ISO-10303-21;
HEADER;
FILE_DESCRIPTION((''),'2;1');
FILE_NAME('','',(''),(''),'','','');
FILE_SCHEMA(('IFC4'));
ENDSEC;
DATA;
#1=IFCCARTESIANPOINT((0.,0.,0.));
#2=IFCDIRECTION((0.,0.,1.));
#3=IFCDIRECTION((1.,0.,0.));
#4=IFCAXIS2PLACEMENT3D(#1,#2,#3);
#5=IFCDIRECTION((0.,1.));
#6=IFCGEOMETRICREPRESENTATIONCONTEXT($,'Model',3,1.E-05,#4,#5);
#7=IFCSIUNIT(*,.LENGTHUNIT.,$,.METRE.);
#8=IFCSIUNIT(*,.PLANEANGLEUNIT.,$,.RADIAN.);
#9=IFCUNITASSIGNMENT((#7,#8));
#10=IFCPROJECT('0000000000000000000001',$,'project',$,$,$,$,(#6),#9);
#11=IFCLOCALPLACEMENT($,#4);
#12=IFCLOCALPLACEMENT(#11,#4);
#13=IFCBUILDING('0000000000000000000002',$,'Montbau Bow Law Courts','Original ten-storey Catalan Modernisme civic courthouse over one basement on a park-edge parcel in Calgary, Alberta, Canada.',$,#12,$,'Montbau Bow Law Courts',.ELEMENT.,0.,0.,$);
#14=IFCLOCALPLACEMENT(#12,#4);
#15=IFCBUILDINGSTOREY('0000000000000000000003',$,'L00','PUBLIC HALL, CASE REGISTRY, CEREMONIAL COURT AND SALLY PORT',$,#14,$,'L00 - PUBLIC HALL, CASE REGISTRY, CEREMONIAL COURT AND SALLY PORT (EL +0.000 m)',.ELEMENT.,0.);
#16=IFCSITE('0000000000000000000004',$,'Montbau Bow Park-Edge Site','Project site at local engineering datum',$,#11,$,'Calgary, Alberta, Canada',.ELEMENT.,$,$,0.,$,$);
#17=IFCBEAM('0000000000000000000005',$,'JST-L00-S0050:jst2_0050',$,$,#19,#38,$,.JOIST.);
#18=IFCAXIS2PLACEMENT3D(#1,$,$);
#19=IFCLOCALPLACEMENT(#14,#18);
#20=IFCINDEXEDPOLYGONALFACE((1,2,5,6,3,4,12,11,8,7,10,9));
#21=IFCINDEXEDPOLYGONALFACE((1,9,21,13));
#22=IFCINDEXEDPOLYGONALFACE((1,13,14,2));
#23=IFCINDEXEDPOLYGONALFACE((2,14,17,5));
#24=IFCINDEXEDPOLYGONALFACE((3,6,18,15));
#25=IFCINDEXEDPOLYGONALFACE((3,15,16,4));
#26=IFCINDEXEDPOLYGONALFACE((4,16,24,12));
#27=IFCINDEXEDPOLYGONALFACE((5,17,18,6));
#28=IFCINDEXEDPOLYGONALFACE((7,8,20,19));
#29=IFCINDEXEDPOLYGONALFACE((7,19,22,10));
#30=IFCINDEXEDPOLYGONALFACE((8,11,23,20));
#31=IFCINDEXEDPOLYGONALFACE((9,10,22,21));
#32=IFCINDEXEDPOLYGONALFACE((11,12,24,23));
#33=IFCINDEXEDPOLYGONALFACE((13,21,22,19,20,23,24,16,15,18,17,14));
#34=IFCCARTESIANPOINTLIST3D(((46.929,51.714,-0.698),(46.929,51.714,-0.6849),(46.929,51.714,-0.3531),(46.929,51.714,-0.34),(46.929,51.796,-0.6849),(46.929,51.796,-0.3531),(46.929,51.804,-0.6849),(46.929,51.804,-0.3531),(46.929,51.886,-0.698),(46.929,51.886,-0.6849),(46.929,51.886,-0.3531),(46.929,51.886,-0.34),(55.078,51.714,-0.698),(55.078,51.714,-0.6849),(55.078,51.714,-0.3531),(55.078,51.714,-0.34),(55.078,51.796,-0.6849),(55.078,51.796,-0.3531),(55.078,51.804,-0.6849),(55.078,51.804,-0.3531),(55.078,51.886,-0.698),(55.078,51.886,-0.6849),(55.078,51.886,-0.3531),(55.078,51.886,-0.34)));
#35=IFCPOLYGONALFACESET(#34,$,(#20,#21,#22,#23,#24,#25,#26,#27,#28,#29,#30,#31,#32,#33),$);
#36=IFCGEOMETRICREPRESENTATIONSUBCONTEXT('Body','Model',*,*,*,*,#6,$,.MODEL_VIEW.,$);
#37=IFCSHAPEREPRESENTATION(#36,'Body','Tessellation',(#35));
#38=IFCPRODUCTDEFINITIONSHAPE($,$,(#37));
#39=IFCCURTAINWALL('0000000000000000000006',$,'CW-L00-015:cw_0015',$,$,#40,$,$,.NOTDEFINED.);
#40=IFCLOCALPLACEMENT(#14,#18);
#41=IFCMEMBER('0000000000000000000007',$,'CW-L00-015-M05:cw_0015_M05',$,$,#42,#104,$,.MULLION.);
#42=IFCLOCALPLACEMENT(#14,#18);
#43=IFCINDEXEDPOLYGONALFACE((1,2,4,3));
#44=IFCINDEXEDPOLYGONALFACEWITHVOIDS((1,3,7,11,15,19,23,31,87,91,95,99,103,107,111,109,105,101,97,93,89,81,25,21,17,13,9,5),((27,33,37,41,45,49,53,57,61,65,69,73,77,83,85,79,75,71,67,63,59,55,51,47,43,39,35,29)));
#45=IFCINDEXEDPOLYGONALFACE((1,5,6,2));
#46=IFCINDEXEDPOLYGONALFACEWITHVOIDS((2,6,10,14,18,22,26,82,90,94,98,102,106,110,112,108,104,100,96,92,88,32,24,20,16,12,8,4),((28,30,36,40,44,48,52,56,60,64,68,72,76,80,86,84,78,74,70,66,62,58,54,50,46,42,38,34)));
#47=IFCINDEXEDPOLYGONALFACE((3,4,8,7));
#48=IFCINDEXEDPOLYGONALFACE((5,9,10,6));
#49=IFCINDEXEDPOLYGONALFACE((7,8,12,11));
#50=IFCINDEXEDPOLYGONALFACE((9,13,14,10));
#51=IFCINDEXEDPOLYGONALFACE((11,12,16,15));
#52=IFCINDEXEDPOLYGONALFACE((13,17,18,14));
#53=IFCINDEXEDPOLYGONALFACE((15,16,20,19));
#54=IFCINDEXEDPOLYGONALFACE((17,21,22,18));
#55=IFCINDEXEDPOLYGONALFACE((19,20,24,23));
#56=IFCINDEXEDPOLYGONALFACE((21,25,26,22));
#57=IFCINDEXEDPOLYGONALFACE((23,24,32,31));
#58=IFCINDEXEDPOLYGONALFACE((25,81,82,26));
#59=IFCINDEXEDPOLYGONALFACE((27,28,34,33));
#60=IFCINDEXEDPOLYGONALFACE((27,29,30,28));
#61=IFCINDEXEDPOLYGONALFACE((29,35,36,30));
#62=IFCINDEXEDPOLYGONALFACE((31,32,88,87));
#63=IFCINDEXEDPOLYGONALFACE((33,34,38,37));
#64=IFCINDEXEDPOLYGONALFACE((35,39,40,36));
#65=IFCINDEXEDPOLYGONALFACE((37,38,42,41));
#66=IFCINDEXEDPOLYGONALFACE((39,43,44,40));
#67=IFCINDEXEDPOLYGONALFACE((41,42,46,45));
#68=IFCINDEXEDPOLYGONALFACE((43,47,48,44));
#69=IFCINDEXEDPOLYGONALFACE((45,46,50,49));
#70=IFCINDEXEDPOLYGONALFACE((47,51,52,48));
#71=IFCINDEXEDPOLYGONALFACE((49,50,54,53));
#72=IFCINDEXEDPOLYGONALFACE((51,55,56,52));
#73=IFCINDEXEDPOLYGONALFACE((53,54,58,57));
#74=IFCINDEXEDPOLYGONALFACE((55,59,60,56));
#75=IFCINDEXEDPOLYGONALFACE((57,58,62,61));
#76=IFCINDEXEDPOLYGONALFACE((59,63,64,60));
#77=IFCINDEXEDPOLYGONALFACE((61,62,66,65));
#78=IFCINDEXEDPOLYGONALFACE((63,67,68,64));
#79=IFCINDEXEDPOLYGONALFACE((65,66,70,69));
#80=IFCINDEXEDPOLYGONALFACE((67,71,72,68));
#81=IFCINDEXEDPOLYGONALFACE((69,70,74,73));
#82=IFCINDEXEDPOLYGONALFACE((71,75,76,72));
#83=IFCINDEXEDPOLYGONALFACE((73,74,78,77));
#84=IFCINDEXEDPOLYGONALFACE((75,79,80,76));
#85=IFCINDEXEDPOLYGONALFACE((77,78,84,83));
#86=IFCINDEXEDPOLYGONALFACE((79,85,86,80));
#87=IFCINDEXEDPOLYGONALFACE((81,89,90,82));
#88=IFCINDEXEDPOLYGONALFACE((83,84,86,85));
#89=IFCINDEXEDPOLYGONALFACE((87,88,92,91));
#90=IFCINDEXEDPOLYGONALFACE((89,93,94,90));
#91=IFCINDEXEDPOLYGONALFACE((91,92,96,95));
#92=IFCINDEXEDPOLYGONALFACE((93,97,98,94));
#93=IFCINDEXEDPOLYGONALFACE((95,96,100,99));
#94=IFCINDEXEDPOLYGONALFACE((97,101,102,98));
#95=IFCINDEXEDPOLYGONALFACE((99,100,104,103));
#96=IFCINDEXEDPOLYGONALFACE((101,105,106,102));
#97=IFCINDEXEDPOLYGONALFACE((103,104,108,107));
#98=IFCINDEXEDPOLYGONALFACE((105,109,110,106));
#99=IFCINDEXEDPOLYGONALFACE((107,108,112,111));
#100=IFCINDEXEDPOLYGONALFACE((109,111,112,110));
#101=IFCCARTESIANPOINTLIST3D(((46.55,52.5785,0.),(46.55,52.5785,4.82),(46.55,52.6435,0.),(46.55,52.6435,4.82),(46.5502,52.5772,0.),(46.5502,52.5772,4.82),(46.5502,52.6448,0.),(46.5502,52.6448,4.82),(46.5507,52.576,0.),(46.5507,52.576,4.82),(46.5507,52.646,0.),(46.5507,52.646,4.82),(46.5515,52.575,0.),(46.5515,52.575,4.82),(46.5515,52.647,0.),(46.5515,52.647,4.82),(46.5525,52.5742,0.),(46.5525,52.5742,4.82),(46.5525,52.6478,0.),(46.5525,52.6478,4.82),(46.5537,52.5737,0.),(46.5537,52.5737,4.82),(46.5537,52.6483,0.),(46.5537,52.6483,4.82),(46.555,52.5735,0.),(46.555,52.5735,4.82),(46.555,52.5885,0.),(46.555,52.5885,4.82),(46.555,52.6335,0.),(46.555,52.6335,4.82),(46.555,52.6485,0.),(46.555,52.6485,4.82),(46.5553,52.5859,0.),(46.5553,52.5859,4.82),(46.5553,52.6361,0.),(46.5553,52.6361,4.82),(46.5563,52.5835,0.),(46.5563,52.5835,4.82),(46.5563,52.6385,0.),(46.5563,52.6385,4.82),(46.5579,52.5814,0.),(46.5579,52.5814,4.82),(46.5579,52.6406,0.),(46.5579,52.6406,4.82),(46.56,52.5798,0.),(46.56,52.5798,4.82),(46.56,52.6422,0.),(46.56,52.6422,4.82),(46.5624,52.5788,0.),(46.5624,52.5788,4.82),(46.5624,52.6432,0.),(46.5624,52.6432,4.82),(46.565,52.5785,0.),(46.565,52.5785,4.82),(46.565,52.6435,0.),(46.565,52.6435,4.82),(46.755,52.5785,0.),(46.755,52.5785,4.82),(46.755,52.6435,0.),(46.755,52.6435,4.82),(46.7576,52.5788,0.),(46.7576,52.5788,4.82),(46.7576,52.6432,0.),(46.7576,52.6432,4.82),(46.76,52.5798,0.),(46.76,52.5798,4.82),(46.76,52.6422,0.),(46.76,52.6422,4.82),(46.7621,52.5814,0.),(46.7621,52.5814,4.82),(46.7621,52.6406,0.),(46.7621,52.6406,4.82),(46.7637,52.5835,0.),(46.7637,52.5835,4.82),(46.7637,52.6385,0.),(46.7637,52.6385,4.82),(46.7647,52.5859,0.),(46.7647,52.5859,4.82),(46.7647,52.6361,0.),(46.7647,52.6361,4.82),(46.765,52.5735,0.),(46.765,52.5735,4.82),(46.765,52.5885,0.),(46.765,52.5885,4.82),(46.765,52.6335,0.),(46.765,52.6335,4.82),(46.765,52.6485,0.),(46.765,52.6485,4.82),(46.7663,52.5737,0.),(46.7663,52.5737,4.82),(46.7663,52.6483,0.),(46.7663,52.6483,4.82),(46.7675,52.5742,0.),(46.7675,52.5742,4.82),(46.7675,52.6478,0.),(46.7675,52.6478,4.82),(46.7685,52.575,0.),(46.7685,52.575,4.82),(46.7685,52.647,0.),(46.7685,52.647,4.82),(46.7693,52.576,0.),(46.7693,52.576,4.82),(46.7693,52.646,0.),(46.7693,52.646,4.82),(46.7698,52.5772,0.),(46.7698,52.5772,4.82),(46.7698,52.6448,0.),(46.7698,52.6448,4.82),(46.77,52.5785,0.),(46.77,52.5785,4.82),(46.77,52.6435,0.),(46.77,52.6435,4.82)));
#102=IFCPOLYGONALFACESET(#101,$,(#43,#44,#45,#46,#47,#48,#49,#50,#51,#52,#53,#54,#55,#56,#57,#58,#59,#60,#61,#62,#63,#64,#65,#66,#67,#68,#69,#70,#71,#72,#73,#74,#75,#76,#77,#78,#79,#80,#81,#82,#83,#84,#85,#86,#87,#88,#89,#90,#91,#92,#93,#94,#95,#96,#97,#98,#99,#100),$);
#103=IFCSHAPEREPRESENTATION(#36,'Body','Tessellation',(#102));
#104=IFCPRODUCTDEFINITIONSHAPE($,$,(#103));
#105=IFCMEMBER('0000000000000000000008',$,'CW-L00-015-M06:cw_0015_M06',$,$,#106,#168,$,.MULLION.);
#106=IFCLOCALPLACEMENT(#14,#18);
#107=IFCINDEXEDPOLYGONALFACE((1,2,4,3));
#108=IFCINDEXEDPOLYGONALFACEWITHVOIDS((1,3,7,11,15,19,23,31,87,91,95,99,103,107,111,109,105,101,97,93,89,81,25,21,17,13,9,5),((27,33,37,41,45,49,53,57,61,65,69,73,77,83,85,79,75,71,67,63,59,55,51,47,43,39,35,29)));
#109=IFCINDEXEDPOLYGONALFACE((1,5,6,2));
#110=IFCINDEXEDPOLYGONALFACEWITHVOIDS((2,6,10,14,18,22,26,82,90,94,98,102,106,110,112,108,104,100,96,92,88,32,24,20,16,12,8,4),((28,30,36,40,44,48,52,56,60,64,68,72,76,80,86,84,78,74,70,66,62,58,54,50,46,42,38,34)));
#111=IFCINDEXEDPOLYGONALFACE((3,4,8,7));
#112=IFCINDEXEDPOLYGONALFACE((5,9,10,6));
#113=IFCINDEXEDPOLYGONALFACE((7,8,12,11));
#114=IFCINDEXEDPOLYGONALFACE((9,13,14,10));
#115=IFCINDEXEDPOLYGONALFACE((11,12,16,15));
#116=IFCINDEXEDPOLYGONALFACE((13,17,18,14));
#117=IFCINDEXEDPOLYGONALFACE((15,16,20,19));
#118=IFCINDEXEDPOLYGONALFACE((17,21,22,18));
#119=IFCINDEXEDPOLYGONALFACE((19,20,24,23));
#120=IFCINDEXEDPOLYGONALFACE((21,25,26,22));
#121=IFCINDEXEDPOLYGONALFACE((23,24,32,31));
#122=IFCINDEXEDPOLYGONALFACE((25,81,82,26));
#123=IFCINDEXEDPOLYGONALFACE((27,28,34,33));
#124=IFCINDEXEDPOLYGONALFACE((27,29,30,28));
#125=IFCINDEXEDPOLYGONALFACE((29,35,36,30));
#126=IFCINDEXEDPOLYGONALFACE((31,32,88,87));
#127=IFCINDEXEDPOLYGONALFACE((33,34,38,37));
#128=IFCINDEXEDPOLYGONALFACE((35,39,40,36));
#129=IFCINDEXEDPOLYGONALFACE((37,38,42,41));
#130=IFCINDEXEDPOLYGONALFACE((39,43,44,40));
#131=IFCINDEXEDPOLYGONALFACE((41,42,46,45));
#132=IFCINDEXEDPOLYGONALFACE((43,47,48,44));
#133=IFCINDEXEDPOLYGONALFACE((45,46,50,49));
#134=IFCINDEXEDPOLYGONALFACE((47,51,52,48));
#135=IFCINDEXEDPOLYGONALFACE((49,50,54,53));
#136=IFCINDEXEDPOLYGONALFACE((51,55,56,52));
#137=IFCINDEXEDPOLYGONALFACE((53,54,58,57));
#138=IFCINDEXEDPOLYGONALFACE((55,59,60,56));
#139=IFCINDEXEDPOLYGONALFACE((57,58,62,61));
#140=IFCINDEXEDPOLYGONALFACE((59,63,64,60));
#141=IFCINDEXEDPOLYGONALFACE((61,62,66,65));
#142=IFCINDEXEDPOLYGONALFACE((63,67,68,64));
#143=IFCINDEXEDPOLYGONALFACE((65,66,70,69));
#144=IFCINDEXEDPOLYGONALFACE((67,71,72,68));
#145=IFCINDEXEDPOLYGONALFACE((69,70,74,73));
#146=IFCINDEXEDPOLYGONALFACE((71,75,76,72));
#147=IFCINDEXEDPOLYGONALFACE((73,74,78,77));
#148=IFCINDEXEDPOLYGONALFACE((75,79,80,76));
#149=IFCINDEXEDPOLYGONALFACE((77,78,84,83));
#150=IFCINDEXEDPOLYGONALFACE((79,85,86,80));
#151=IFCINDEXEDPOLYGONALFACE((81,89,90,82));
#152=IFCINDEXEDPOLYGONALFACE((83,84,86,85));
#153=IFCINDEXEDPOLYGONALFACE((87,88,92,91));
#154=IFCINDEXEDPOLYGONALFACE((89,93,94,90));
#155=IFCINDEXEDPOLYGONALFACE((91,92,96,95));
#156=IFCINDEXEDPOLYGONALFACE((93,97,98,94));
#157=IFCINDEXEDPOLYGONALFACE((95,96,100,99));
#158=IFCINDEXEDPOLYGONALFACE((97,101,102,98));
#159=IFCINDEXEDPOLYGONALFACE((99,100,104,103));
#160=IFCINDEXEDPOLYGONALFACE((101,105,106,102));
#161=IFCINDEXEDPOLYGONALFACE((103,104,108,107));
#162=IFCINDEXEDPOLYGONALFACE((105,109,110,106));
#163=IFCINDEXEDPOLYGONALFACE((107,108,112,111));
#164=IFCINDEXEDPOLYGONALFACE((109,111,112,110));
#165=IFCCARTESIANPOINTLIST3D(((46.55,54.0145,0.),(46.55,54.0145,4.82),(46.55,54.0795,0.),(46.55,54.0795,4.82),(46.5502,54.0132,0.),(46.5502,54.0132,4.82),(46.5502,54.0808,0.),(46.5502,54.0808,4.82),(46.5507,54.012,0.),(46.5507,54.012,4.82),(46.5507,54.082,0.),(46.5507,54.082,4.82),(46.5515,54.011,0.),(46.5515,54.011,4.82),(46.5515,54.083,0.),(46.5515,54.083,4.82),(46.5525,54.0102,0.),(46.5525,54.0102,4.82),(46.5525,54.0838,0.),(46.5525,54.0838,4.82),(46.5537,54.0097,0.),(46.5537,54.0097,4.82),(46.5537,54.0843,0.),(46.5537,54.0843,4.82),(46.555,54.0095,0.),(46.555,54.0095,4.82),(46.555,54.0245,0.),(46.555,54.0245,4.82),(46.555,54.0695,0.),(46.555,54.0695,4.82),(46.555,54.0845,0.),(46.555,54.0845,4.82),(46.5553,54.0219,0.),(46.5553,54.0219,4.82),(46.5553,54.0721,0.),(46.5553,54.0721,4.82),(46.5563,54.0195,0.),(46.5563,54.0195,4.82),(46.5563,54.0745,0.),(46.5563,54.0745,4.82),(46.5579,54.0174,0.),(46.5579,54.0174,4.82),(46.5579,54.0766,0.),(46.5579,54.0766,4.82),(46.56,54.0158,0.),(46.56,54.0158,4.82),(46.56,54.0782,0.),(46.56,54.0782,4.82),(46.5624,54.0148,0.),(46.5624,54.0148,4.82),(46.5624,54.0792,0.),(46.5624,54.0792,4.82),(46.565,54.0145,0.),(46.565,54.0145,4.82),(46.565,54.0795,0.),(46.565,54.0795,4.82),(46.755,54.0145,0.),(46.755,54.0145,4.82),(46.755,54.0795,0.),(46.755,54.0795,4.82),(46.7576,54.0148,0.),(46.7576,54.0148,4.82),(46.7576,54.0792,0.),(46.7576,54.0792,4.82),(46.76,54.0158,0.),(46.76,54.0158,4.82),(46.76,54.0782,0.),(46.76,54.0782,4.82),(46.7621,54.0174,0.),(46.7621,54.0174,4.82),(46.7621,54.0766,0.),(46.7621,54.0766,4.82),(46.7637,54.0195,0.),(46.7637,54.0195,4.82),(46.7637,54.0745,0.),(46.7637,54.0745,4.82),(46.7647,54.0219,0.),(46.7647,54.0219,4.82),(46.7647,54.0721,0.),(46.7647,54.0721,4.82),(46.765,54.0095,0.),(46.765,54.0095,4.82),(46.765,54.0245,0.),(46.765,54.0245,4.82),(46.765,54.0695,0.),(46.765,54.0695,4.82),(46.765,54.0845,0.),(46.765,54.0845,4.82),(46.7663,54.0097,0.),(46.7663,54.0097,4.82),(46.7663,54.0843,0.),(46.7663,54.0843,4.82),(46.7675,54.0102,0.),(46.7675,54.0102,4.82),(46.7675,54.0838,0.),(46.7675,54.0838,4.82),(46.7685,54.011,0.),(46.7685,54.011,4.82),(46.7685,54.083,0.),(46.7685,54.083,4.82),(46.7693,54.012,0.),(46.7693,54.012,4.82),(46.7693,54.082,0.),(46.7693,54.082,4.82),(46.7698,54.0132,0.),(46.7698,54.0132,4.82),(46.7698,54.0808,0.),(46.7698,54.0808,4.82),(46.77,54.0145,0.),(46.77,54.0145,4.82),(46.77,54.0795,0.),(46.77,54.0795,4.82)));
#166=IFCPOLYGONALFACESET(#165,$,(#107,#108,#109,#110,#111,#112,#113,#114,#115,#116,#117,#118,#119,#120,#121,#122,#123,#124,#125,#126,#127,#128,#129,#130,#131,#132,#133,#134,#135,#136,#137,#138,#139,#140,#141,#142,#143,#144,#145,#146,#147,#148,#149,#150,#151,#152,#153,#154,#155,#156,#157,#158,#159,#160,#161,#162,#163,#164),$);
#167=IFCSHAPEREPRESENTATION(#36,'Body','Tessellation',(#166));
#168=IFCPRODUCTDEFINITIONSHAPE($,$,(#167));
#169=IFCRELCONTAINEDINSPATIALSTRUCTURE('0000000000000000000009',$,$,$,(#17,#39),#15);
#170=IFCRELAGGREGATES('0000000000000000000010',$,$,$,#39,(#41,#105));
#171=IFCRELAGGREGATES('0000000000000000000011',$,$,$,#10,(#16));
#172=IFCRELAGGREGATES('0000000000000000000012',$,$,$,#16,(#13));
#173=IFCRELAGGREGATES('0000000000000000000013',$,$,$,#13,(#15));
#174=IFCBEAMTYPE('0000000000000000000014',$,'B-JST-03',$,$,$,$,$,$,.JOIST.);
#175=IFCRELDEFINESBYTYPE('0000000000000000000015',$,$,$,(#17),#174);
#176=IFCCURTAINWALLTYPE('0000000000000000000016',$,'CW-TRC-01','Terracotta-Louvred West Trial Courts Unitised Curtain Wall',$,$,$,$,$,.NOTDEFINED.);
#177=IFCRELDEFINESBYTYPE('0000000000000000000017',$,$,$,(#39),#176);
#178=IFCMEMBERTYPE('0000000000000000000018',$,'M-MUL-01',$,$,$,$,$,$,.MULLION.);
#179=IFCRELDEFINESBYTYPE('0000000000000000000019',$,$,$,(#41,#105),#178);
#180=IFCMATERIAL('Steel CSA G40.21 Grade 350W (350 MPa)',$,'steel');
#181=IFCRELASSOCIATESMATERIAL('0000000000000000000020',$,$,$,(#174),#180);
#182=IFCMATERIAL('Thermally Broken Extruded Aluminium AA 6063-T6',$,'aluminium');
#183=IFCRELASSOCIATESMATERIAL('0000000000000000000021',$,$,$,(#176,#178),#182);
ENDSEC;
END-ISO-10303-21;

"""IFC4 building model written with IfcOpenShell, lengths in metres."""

from ifc_helpers import new_model, si_unit, direction, frame, origin_with_axes, origin_2d_with_axis, place, context, subcontext, project, spatial, hollow_rectangle, i_section, extrude, material, material_profile, profile_set, type_object, element, aggregate, save


model = new_model("IFC4")

# Units and contexts
model_context = context("Model", 3, precision=1e-05, world=origin_with_axes(), true_north=direction((0.0, 1.0)))
body_context = subcontext(model_context, "Body", "Model", "MODEL_VIEW")
ifc_project = project(units=[si_unit("LENGTHUNIT", "METRE"), si_unit("PLANEANGLEUNIT", "RADIAN")], contexts=[model_context])

# Site, building, storey
site_placement = place(None, origin_with_axes())
site = spatial("IfcSite", under=ifc_project, at=site_placement, Name="Montbau Bow Park-Edge Site", Description="Project site at local engineering datum", LongName="Calgary, Alberta, Canada", CompositionType="ELEMENT", RefElevation=0.0)
building_placement = place(site_placement, origin_with_axes())
building = spatial("IfcBuilding", under=site, at=building_placement, Name="Montbau Bow Law Courts", Description="Original ten-storey Catalan Modernisme civic courthouse over one basement on a park-edge parcel in Calgary, Alberta, Canada.", LongName="Montbau Bow Law Courts", CompositionType="ELEMENT", ElevationOfRefHeight=0.0, ElevationOfTerrain=0.0)
storey_placement = place(building_placement, origin_with_axes())
storey = spatial("IfcBuildingStorey", under=building, at=storey_placement, Name="L00", Description="PUBLIC HALL, CASE REGISTRY, CEREMONIAL COURT AND SALLY PORT", LongName="L00 - PUBLIC HALL, CASE REGISTRY, CEREMONIAL COURT AND SALLY PORT (EL +0.000 m)", CompositionType="ELEMENT", Elevation=0.0)

# Beam
ifc_material_1 = material(Name="Steel CSA G40.21 Grade 350W (350 MPa)", Category="steel")
ifc_material_profile_1 = material_profile(ifc_material_1, i_section(OverallWidth=0.172, OverallDepth=0.358, WebThickness=0.0079, FlangeThickness=0.0131, at=origin_2d_with_axis()), Name="W360X57", Category="Main", Priority=0)
ifc_profile_set_1 = profile_set([ifc_material_profile_1], Name="Steel CSA G40.21 Grade 350W (350 MPa)")
beam_type = type_object("IfcBeamType", Name="B-JST-03", PredefinedType="JOIST", material=ifc_profile_set_1)
beam_placement = place(None, frame((46.929, 51.8, -0.519), z_axis=(1.0, 0.0, 0.0), x_axis=(0.0, 1.0, 0.0)))
element("IfcBeam", 1, at=beam_placement, inside=storey, type_object=beam_type, Name="JST-L00-S0050:jst2_0050", PredefinedType="JOIST", context=body_context, shape_type="SweptSolid", body=[
    extrude(i_section(OverallWidth=0.172, OverallDepth=0.358, WebThickness=0.0079, FlangeThickness=0.0131, at=origin_2d_with_axis()), origin_with_axes(), (0.0, 0.0, 1.0), 8.149),
])

# Curtain wall, members
ifc_material_2 = material(Name="Thermally Broken Extruded Aluminium AA 6063-T6", Category="aluminium")
curtain_wall_type_1 = type_object("IfcCurtainWallType", Name="CW-TRC-01", Description="Terracotta-Louvred West Trial Courts Unitised Curtain Wall", PredefinedType="NOTDEFINED", material=ifc_material_2)
curtain_wall_1_placement = place(None, frame((46.66, 46.715, 0.0), z_axis=(0.0, 0.0, 1.0), x_axis=(1.0, 0.0, 0.0)))
curtain_wall_1 = element("IfcCurtainWall", 2, at=curtain_wall_1_placement, inside=storey, type_object=curtain_wall_type_1, Name="CW-L00-015:cw_0015", PredefinedType="NOTDEFINED")
ifc_material_profile_2 = material_profile(ifc_material_2, hollow_rectangle(XDim=0.075, YDim=0.22, WallThickness=0.005, InnerFilletRadius=0.01, OuterFilletRadius=0.005, at=origin_2d_with_axis()), Name="CWM-220X75", Category="Main", Priority=0)
ifc_profile_set_2 = profile_set([ifc_material_profile_2], Name="Thermally Broken Extruded Aluminium AA 6063-T6")
member_type_1 = type_object("IfcMemberType", Name="M-MUL-01", PredefinedType="MULLION", material=ifc_profile_set_2)
member_1_placement = place(None, frame((46.66, 52.611, 0.0), z_axis=(0.0, 0.0, 1.0), x_axis=(0.0, 1.0, 0.0)))
member_1 = element("IfcMember", 3, at=member_1_placement, type_object=member_type_1, Name="CW-L00-015-M05:cw_0015_M05", PredefinedType="MULLION", context=body_context, shape_type="SweptSolid", body=[
    extrude(hollow_rectangle(XDim=0.075, YDim=0.22, WallThickness=0.005, InnerFilletRadius=0.01, OuterFilletRadius=0.005, at=origin_2d_with_axis()), origin_with_axes(), (0.0, 0.0, 1.0), 4.82),
])
member_2_placement = place(None, frame((46.66, 54.047, 0.0), z_axis=(0.0, 0.0, 1.0), x_axis=(0.0, 1.0, 0.0)))
member_2 = element("IfcMember", 4, at=member_2_placement, type_object=member_type_1, Name="CW-L00-015-M06:cw_0015_M06", PredefinedType="MULLION", context=body_context, shape_type="SweptSolid", body=[
    extrude(hollow_rectangle(XDim=0.075, YDim=0.22, WallThickness=0.005, InnerFilletRadius=0.01, OuterFilletRadius=0.005, at=origin_2d_with_axis()), origin_with_axes(), (0.0, 0.0, 1.0), 4.82),
])

aggregate(curtain_wall_1, [member_1, member_2])

save(model, "model.ifc")
